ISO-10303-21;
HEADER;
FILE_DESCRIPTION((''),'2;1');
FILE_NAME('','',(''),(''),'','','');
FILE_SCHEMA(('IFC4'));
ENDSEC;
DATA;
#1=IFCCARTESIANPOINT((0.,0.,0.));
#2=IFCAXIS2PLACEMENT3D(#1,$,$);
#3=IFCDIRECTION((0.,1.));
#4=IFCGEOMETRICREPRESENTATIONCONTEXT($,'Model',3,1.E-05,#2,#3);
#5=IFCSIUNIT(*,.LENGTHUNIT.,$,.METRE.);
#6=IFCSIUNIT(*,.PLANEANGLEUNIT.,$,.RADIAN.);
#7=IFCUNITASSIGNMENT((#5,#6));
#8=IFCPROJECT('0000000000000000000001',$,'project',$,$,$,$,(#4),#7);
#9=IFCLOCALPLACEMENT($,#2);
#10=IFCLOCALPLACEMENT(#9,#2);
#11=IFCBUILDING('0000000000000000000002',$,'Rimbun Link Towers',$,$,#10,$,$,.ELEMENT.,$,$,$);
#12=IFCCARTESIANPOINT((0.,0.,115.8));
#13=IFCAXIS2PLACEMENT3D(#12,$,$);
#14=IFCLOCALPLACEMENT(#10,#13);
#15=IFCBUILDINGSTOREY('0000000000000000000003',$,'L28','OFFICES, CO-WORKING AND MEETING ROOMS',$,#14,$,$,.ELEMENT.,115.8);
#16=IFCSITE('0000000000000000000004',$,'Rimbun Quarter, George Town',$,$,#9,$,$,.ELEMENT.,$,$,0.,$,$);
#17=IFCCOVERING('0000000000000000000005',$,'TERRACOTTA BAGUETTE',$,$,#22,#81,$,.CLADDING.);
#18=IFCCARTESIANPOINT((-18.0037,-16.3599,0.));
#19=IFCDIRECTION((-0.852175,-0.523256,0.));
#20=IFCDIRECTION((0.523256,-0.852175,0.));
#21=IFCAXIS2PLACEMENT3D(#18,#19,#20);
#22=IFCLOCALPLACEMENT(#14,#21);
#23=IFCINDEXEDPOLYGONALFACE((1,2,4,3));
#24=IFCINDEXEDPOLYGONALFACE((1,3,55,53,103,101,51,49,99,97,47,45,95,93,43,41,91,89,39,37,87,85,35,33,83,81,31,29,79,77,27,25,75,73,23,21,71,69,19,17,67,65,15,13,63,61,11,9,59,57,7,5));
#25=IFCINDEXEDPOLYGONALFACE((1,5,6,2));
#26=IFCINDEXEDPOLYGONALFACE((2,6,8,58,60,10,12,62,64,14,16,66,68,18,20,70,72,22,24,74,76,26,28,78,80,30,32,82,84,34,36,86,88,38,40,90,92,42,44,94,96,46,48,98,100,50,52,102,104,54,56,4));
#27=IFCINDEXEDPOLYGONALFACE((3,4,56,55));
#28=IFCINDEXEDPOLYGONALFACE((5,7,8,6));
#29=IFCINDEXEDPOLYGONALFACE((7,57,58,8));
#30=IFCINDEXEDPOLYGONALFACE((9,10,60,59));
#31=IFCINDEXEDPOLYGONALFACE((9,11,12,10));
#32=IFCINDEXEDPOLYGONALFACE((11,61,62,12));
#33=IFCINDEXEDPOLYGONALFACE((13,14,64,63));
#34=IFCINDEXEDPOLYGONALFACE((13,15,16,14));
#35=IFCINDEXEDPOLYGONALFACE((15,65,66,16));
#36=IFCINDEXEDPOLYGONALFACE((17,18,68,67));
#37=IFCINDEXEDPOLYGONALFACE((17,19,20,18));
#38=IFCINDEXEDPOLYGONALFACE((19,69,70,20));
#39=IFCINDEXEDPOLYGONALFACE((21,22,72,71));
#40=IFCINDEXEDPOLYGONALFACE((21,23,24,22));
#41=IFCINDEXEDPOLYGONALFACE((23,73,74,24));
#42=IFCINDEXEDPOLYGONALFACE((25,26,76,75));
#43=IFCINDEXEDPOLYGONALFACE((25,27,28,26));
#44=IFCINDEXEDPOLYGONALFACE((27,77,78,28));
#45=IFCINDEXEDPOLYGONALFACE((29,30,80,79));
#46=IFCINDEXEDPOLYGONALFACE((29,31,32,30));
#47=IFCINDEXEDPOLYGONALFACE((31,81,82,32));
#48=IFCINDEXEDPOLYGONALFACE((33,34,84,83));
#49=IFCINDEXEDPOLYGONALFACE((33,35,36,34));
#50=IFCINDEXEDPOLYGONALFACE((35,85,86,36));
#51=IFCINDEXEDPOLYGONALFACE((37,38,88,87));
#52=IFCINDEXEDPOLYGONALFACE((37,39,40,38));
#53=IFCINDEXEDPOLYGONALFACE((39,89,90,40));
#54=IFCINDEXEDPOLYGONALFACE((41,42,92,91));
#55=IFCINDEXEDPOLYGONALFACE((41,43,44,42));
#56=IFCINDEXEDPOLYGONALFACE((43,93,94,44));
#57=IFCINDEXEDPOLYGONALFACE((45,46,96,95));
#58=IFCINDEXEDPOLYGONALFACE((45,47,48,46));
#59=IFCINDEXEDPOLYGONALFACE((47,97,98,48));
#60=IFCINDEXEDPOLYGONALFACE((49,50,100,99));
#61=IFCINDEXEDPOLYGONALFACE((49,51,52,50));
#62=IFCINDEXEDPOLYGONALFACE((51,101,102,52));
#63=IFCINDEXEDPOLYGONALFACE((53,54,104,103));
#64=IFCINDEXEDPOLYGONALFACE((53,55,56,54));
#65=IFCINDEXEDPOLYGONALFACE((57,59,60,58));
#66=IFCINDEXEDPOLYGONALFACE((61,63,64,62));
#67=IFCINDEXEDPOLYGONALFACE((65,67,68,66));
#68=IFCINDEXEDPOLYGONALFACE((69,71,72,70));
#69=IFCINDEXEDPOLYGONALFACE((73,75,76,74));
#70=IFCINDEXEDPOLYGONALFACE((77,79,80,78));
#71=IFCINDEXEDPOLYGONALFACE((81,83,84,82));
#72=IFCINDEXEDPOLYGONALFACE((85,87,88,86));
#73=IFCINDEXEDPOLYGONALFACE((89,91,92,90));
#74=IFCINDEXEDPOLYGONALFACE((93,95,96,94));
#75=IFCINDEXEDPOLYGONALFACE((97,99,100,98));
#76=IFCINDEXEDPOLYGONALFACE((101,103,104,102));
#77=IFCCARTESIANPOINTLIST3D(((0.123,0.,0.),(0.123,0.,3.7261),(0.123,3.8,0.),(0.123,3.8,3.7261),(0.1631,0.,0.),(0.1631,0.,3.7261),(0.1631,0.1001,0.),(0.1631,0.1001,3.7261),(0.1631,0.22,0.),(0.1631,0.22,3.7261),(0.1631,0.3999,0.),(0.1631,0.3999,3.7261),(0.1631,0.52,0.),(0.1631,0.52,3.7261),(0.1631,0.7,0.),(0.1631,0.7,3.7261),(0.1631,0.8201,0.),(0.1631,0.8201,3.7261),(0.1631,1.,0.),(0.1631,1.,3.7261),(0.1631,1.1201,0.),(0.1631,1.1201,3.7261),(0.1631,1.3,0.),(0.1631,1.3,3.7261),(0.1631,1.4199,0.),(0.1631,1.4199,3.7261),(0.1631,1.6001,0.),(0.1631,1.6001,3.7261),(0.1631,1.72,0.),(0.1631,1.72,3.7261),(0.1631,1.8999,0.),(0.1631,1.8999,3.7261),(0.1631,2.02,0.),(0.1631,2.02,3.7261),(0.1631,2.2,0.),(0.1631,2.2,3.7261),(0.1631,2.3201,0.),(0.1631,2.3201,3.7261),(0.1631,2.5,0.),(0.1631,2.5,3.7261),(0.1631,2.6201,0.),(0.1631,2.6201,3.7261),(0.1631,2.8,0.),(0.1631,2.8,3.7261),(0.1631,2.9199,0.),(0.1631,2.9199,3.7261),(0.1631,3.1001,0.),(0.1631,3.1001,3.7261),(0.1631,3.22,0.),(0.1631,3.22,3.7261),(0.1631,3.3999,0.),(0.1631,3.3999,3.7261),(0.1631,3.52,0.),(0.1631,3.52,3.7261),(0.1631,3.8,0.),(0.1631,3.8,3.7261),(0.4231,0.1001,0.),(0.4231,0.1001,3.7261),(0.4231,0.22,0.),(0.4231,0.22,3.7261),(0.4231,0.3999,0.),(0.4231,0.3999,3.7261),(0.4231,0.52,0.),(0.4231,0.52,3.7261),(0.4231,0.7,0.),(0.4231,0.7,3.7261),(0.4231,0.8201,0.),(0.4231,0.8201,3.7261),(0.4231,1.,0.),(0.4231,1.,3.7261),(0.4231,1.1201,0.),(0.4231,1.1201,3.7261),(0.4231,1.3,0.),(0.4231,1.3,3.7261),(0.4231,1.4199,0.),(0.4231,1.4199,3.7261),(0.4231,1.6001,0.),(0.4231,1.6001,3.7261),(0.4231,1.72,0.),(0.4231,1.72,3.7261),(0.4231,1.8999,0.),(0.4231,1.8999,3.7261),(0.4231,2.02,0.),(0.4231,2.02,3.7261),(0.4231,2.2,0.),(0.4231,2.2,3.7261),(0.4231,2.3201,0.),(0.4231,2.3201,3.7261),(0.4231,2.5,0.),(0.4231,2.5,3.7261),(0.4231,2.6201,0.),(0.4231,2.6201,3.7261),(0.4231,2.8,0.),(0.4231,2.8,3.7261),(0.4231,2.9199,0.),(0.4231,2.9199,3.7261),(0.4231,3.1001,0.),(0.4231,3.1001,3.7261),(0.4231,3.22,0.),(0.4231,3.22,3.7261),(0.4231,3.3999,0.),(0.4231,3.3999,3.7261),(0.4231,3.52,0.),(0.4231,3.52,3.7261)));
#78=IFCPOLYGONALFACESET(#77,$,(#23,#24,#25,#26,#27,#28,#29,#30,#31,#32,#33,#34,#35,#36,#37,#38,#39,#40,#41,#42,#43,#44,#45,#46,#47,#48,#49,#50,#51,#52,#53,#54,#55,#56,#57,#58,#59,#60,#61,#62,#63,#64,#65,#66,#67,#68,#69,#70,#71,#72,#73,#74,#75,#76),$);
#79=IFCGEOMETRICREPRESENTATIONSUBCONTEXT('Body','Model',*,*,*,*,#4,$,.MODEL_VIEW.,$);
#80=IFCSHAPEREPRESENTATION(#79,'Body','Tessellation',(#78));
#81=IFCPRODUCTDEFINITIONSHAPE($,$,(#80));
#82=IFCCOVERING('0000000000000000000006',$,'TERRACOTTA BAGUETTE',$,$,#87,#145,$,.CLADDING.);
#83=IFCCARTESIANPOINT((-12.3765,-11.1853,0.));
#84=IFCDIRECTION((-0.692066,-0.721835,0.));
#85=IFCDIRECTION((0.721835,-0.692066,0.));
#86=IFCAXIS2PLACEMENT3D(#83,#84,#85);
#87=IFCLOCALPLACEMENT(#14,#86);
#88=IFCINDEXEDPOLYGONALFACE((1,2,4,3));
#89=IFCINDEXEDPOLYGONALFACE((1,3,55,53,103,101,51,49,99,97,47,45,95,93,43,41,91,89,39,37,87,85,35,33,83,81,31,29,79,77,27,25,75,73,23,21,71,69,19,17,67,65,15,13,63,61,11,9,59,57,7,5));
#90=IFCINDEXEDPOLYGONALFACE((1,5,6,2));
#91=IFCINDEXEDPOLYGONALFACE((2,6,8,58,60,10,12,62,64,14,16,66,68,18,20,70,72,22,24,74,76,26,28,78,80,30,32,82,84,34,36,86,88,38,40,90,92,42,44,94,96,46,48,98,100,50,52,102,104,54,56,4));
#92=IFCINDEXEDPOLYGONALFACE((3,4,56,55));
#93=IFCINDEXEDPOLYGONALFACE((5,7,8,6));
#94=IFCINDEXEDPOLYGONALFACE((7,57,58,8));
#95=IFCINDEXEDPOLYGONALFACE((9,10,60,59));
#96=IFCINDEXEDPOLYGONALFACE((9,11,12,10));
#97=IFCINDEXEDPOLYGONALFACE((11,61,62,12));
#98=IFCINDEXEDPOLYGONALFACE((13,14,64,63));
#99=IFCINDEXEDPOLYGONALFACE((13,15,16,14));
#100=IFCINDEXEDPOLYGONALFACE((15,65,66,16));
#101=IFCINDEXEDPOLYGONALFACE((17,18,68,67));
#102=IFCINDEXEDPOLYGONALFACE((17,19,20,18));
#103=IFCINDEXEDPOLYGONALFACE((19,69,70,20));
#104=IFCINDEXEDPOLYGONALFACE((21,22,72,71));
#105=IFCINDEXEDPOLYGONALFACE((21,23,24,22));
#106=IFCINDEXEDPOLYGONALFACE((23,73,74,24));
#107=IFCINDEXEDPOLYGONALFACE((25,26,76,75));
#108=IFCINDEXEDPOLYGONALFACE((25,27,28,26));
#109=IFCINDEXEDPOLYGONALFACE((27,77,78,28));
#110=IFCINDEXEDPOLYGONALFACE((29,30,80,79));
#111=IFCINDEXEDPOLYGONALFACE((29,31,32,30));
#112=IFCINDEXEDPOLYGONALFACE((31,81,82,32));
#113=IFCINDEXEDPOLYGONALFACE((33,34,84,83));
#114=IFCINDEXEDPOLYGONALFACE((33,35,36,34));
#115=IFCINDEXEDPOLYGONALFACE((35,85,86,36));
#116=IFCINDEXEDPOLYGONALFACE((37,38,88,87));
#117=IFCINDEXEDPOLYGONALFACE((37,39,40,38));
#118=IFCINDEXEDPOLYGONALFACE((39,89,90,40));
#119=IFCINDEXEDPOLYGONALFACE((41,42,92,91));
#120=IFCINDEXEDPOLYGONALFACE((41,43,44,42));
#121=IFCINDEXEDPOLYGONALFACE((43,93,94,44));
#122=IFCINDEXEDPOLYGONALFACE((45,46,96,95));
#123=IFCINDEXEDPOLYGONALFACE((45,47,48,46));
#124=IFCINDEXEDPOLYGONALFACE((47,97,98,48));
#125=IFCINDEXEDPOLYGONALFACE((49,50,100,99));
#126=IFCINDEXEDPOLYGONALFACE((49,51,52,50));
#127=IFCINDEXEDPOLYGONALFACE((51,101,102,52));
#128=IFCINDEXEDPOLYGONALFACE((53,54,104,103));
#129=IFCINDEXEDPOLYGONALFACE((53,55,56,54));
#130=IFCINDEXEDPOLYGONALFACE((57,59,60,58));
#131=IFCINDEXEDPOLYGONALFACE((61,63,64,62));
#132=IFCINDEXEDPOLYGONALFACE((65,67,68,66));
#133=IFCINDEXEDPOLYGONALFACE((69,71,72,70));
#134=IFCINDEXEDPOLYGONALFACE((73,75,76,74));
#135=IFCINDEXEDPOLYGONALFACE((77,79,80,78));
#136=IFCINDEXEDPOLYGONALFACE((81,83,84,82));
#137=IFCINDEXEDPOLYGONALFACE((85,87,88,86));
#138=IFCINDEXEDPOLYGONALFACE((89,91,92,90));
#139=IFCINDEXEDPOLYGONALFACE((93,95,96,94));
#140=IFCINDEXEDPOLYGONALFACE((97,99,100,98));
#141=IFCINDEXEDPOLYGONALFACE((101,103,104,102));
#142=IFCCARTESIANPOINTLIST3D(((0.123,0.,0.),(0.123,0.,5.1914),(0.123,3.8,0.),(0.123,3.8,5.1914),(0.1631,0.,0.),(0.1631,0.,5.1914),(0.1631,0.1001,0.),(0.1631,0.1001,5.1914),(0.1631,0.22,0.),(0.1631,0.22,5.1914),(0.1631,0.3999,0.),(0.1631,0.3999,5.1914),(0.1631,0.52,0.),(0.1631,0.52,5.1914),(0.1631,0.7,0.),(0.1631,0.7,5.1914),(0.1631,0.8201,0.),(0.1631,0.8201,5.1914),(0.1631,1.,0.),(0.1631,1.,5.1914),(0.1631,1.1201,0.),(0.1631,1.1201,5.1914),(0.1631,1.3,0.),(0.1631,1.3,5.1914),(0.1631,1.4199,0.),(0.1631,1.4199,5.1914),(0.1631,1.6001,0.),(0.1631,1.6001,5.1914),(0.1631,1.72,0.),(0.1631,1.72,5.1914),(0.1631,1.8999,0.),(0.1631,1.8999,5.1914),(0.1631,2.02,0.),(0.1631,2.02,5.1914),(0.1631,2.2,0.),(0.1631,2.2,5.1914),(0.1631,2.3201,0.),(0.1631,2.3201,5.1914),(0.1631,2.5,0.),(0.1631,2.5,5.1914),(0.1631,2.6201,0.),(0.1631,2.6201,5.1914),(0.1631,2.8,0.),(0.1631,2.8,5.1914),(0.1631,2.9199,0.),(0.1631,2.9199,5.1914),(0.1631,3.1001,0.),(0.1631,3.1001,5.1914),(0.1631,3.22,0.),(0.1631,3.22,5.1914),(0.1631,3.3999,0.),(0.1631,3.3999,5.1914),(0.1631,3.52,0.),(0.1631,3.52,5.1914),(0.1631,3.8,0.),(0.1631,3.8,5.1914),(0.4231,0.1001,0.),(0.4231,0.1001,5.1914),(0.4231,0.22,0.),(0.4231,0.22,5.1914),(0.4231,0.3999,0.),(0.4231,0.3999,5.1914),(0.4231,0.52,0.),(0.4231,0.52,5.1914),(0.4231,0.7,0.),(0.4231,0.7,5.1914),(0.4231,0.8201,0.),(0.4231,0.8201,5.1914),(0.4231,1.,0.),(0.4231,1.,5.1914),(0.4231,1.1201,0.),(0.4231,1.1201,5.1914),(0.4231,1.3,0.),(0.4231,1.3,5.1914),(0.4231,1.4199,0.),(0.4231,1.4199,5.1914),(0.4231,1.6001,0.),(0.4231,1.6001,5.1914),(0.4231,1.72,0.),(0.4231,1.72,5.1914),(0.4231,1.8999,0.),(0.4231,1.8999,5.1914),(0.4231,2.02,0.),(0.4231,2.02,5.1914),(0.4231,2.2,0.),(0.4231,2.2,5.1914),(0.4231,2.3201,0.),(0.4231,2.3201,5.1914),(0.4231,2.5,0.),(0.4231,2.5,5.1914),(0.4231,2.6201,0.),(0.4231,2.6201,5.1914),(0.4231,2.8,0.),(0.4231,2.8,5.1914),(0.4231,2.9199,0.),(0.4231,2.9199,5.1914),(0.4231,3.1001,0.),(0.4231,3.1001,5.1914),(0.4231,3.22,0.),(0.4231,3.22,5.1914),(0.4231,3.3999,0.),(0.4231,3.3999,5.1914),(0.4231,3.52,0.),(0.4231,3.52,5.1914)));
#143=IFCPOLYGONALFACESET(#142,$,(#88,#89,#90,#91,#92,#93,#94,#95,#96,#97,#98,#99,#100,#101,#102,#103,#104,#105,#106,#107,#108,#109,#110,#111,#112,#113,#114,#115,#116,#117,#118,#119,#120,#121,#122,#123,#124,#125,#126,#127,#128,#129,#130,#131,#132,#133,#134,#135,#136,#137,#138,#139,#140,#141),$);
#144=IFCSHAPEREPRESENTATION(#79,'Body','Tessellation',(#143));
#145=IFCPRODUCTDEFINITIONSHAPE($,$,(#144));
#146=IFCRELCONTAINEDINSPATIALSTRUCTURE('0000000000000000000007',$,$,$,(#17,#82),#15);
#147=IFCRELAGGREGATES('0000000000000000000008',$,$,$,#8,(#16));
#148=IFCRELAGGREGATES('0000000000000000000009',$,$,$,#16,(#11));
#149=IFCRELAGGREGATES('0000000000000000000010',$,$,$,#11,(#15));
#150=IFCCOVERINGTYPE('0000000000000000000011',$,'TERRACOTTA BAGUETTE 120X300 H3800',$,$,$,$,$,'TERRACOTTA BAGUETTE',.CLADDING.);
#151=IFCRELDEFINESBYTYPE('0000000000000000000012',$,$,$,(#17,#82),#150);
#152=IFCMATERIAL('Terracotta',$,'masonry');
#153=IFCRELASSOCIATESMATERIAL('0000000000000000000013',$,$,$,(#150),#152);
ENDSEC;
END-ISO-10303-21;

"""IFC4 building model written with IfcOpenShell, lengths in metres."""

from ifc_helpers import new_model, si_unit, direction, frame, origin, place, context, subcontext, project, spatial, polyline, outline, extrude, material, material_profile, profile_set, type_object, element, save


model = new_model("IFC4")

# Units and contexts
model_context = context("Model", 3, precision=1e-05, world=origin(), true_north=direction((0.0, 1.0)))
body_context = subcontext(model_context, "Body", "Model", "MODEL_VIEW")
ifc_project = project(units=[si_unit("LENGTHUNIT", "METRE"), si_unit("PLANEANGLEUNIT", "RADIAN")], contexts=[model_context])

# Site, building, storey
site_placement = place(None, origin())
site = spatial("IfcSite", under=ifc_project, at=site_placement, Name="Rimbun Quarter, George Town", CompositionType="ELEMENT", RefElevation=0.0)
building_placement = place(site_placement, origin())
building = spatial("IfcBuilding", under=site, at=building_placement, Name="Rimbun Link Towers", CompositionType="ELEMENT")
storey_placement = place(building_placement, frame((0.0, 0.0, 115.8)))
storey = spatial("IfcBuildingStorey", under=building, at=storey_placement, Name="L28", Description="OFFICES, CO-WORKING AND MEETING ROOMS", CompositionType="ELEMENT", Elevation=115.8)

# Coverings
ifc_material_1 = material(Name="Terracotta", Category="masonry")
ifc_material_profile_1 = material_profile(ifc_material_1, outline(polyline([(0.123, 0.0), (0.1631, 0.0), (0.1631, 0.1001), (0.4231, 0.1001), (0.4231, 0.22), (0.1631, 0.22), (0.1631, 0.3999), (0.4231, 0.3999), (0.4231, 0.52), (0.1631, 0.52), (0.1631, 0.7), (0.4231, 0.7), (0.4231, 0.8201), (0.1631, 0.8201), (0.1631, 1.0), (0.4231, 1.0), (0.4231, 1.1201), (0.1631, 1.1201), (0.1631, 1.3), (0.4231, 1.3), (0.4231, 1.4199), (0.1631, 1.4199), (0.1631, 1.6001), (0.4231, 1.6001), (0.4231, 1.72), (0.1631, 1.72), (0.1631, 1.8999), (0.4231, 1.8999), (0.4231, 2.02), (0.1631, 2.02), (0.1631, 2.2), (0.4231, 2.2), (0.4231, 2.3201), (0.1631, 2.3201), (0.1631, 2.5), (0.4231, 2.5), (0.4231, 2.6201), (0.1631, 2.6201), (0.1631, 2.8), (0.4231, 2.8), (0.4231, 2.9199), (0.1631, 2.9199), (0.1631, 3.1001), (0.4231, 3.1001), (0.4231, 3.22), (0.1631, 3.22), (0.1631, 3.3999), (0.4231, 3.3999), (0.4231, 3.52), (0.1631, 3.52), (0.1631, 3.8), (0.123, 3.8), (0.123, 0.0)])), Name="BAGUETTE 120X300")
ifc_profile_set_1 = profile_set([ifc_material_profile_1], Name="Terracotta")
covering_type = type_object("IfcCoveringType", Name="TERRACOTTA BAGUETTE 120X300 H3800", ElementType="TERRACOTTA BAGUETTE", PredefinedType="CLADDING", material=ifc_profile_set_1)
covering_1_placement = place(storey_placement, frame((-18.0037, -16.3599, 0.0), z_axis=(-0.852175, -0.523256, 0.0), x_axis=(0.523256, -0.852175, 0.0)))
element("IfcCovering", 1, at=covering_1_placement, inside=storey, type_object=covering_type, Name="TERRACOTTA BAGUETTE", PredefinedType="CLADDING", context=body_context, shape_type="SweptSolid", body=[
    extrude(outline(polyline([(0.123, 0.0), (0.1631, 0.0), (0.1631, 0.1001), (0.4231, 0.1001), (0.4231, 0.22), (0.1631, 0.22), (0.1631, 0.3999), (0.4231, 0.3999), (0.4231, 0.52), (0.1631, 0.52), (0.1631, 0.7), (0.4231, 0.7), (0.4231, 0.8201), (0.1631, 0.8201), (0.1631, 1.0), (0.4231, 1.0), (0.4231, 1.1201), (0.1631, 1.1201), (0.1631, 1.3), (0.4231, 1.3), (0.4231, 1.4199), (0.1631, 1.4199), (0.1631, 1.6001), (0.4231, 1.6001), (0.4231, 1.72), (0.1631, 1.72), (0.1631, 1.8999), (0.4231, 1.8999), (0.4231, 2.02), (0.1631, 2.02), (0.1631, 2.2), (0.4231, 2.2), (0.4231, 2.3201), (0.1631, 2.3201), (0.1631, 2.5), (0.4231, 2.5), (0.4231, 2.6201), (0.1631, 2.6201), (0.1631, 2.8), (0.4231, 2.8), (0.4231, 2.9199), (0.1631, 2.9199), (0.1631, 3.1001), (0.4231, 3.1001), (0.4231, 3.22), (0.1631, 3.22), (0.1631, 3.3999), (0.4231, 3.3999), (0.4231, 3.52), (0.1631, 3.52), (0.1631, 3.8), (0.123, 3.8), (0.123, 0.0)])), origin(), (0.0, 0.0, 1.0), 3.7261),
])
covering_2_placement = place(storey_placement, frame((-12.3765, -11.1853, 0.0), z_axis=(-0.692066, -0.721835, 0.0), x_axis=(0.721835, -0.692066, 0.0)))
element("IfcCovering", 2, at=covering_2_placement, inside=storey, type_object=covering_type, Name="TERRACOTTA BAGUETTE", PredefinedType="CLADDING", context=body_context, shape_type="SweptSolid", body=[
    extrude(outline(polyline([(0.123, 0.0), (0.1631, 0.0), (0.1631, 0.1001), (0.4231, 0.1001), (0.4231, 0.22), (0.1631, 0.22), (0.1631, 0.3999), (0.4231, 0.3999), (0.4231, 0.52), (0.1631, 0.52), (0.1631, 0.7), (0.4231, 0.7), (0.4231, 0.8201), (0.1631, 0.8201), (0.1631, 1.0), (0.4231, 1.0), (0.4231, 1.1201), (0.1631, 1.1201), (0.1631, 1.3), (0.4231, 1.3), (0.4231, 1.4199), (0.1631, 1.4199), (0.1631, 1.6001), (0.4231, 1.6001), (0.4231, 1.72), (0.1631, 1.72), (0.1631, 1.8999), (0.4231, 1.8999), (0.4231, 2.02), (0.1631, 2.02), (0.1631, 2.2), (0.4231, 2.2), (0.4231, 2.3201), (0.1631, 2.3201), (0.1631, 2.5), (0.4231, 2.5), (0.4231, 2.6201), (0.1631, 2.6201), (0.1631, 2.8), (0.4231, 2.8), (0.4231, 2.9199), (0.1631, 2.9199), (0.1631, 3.1001), (0.4231, 3.1001), (0.4231, 3.22), (0.1631, 3.22), (0.1631, 3.3999), (0.4231, 3.3999), (0.4231, 3.52), (0.1631, 3.52), (0.1631, 3.8), (0.123, 3.8), (0.123, 0.0)])), origin(), (0.0, 0.0, 1.0), 5.1914),
])

save(model, "model.ifc")
